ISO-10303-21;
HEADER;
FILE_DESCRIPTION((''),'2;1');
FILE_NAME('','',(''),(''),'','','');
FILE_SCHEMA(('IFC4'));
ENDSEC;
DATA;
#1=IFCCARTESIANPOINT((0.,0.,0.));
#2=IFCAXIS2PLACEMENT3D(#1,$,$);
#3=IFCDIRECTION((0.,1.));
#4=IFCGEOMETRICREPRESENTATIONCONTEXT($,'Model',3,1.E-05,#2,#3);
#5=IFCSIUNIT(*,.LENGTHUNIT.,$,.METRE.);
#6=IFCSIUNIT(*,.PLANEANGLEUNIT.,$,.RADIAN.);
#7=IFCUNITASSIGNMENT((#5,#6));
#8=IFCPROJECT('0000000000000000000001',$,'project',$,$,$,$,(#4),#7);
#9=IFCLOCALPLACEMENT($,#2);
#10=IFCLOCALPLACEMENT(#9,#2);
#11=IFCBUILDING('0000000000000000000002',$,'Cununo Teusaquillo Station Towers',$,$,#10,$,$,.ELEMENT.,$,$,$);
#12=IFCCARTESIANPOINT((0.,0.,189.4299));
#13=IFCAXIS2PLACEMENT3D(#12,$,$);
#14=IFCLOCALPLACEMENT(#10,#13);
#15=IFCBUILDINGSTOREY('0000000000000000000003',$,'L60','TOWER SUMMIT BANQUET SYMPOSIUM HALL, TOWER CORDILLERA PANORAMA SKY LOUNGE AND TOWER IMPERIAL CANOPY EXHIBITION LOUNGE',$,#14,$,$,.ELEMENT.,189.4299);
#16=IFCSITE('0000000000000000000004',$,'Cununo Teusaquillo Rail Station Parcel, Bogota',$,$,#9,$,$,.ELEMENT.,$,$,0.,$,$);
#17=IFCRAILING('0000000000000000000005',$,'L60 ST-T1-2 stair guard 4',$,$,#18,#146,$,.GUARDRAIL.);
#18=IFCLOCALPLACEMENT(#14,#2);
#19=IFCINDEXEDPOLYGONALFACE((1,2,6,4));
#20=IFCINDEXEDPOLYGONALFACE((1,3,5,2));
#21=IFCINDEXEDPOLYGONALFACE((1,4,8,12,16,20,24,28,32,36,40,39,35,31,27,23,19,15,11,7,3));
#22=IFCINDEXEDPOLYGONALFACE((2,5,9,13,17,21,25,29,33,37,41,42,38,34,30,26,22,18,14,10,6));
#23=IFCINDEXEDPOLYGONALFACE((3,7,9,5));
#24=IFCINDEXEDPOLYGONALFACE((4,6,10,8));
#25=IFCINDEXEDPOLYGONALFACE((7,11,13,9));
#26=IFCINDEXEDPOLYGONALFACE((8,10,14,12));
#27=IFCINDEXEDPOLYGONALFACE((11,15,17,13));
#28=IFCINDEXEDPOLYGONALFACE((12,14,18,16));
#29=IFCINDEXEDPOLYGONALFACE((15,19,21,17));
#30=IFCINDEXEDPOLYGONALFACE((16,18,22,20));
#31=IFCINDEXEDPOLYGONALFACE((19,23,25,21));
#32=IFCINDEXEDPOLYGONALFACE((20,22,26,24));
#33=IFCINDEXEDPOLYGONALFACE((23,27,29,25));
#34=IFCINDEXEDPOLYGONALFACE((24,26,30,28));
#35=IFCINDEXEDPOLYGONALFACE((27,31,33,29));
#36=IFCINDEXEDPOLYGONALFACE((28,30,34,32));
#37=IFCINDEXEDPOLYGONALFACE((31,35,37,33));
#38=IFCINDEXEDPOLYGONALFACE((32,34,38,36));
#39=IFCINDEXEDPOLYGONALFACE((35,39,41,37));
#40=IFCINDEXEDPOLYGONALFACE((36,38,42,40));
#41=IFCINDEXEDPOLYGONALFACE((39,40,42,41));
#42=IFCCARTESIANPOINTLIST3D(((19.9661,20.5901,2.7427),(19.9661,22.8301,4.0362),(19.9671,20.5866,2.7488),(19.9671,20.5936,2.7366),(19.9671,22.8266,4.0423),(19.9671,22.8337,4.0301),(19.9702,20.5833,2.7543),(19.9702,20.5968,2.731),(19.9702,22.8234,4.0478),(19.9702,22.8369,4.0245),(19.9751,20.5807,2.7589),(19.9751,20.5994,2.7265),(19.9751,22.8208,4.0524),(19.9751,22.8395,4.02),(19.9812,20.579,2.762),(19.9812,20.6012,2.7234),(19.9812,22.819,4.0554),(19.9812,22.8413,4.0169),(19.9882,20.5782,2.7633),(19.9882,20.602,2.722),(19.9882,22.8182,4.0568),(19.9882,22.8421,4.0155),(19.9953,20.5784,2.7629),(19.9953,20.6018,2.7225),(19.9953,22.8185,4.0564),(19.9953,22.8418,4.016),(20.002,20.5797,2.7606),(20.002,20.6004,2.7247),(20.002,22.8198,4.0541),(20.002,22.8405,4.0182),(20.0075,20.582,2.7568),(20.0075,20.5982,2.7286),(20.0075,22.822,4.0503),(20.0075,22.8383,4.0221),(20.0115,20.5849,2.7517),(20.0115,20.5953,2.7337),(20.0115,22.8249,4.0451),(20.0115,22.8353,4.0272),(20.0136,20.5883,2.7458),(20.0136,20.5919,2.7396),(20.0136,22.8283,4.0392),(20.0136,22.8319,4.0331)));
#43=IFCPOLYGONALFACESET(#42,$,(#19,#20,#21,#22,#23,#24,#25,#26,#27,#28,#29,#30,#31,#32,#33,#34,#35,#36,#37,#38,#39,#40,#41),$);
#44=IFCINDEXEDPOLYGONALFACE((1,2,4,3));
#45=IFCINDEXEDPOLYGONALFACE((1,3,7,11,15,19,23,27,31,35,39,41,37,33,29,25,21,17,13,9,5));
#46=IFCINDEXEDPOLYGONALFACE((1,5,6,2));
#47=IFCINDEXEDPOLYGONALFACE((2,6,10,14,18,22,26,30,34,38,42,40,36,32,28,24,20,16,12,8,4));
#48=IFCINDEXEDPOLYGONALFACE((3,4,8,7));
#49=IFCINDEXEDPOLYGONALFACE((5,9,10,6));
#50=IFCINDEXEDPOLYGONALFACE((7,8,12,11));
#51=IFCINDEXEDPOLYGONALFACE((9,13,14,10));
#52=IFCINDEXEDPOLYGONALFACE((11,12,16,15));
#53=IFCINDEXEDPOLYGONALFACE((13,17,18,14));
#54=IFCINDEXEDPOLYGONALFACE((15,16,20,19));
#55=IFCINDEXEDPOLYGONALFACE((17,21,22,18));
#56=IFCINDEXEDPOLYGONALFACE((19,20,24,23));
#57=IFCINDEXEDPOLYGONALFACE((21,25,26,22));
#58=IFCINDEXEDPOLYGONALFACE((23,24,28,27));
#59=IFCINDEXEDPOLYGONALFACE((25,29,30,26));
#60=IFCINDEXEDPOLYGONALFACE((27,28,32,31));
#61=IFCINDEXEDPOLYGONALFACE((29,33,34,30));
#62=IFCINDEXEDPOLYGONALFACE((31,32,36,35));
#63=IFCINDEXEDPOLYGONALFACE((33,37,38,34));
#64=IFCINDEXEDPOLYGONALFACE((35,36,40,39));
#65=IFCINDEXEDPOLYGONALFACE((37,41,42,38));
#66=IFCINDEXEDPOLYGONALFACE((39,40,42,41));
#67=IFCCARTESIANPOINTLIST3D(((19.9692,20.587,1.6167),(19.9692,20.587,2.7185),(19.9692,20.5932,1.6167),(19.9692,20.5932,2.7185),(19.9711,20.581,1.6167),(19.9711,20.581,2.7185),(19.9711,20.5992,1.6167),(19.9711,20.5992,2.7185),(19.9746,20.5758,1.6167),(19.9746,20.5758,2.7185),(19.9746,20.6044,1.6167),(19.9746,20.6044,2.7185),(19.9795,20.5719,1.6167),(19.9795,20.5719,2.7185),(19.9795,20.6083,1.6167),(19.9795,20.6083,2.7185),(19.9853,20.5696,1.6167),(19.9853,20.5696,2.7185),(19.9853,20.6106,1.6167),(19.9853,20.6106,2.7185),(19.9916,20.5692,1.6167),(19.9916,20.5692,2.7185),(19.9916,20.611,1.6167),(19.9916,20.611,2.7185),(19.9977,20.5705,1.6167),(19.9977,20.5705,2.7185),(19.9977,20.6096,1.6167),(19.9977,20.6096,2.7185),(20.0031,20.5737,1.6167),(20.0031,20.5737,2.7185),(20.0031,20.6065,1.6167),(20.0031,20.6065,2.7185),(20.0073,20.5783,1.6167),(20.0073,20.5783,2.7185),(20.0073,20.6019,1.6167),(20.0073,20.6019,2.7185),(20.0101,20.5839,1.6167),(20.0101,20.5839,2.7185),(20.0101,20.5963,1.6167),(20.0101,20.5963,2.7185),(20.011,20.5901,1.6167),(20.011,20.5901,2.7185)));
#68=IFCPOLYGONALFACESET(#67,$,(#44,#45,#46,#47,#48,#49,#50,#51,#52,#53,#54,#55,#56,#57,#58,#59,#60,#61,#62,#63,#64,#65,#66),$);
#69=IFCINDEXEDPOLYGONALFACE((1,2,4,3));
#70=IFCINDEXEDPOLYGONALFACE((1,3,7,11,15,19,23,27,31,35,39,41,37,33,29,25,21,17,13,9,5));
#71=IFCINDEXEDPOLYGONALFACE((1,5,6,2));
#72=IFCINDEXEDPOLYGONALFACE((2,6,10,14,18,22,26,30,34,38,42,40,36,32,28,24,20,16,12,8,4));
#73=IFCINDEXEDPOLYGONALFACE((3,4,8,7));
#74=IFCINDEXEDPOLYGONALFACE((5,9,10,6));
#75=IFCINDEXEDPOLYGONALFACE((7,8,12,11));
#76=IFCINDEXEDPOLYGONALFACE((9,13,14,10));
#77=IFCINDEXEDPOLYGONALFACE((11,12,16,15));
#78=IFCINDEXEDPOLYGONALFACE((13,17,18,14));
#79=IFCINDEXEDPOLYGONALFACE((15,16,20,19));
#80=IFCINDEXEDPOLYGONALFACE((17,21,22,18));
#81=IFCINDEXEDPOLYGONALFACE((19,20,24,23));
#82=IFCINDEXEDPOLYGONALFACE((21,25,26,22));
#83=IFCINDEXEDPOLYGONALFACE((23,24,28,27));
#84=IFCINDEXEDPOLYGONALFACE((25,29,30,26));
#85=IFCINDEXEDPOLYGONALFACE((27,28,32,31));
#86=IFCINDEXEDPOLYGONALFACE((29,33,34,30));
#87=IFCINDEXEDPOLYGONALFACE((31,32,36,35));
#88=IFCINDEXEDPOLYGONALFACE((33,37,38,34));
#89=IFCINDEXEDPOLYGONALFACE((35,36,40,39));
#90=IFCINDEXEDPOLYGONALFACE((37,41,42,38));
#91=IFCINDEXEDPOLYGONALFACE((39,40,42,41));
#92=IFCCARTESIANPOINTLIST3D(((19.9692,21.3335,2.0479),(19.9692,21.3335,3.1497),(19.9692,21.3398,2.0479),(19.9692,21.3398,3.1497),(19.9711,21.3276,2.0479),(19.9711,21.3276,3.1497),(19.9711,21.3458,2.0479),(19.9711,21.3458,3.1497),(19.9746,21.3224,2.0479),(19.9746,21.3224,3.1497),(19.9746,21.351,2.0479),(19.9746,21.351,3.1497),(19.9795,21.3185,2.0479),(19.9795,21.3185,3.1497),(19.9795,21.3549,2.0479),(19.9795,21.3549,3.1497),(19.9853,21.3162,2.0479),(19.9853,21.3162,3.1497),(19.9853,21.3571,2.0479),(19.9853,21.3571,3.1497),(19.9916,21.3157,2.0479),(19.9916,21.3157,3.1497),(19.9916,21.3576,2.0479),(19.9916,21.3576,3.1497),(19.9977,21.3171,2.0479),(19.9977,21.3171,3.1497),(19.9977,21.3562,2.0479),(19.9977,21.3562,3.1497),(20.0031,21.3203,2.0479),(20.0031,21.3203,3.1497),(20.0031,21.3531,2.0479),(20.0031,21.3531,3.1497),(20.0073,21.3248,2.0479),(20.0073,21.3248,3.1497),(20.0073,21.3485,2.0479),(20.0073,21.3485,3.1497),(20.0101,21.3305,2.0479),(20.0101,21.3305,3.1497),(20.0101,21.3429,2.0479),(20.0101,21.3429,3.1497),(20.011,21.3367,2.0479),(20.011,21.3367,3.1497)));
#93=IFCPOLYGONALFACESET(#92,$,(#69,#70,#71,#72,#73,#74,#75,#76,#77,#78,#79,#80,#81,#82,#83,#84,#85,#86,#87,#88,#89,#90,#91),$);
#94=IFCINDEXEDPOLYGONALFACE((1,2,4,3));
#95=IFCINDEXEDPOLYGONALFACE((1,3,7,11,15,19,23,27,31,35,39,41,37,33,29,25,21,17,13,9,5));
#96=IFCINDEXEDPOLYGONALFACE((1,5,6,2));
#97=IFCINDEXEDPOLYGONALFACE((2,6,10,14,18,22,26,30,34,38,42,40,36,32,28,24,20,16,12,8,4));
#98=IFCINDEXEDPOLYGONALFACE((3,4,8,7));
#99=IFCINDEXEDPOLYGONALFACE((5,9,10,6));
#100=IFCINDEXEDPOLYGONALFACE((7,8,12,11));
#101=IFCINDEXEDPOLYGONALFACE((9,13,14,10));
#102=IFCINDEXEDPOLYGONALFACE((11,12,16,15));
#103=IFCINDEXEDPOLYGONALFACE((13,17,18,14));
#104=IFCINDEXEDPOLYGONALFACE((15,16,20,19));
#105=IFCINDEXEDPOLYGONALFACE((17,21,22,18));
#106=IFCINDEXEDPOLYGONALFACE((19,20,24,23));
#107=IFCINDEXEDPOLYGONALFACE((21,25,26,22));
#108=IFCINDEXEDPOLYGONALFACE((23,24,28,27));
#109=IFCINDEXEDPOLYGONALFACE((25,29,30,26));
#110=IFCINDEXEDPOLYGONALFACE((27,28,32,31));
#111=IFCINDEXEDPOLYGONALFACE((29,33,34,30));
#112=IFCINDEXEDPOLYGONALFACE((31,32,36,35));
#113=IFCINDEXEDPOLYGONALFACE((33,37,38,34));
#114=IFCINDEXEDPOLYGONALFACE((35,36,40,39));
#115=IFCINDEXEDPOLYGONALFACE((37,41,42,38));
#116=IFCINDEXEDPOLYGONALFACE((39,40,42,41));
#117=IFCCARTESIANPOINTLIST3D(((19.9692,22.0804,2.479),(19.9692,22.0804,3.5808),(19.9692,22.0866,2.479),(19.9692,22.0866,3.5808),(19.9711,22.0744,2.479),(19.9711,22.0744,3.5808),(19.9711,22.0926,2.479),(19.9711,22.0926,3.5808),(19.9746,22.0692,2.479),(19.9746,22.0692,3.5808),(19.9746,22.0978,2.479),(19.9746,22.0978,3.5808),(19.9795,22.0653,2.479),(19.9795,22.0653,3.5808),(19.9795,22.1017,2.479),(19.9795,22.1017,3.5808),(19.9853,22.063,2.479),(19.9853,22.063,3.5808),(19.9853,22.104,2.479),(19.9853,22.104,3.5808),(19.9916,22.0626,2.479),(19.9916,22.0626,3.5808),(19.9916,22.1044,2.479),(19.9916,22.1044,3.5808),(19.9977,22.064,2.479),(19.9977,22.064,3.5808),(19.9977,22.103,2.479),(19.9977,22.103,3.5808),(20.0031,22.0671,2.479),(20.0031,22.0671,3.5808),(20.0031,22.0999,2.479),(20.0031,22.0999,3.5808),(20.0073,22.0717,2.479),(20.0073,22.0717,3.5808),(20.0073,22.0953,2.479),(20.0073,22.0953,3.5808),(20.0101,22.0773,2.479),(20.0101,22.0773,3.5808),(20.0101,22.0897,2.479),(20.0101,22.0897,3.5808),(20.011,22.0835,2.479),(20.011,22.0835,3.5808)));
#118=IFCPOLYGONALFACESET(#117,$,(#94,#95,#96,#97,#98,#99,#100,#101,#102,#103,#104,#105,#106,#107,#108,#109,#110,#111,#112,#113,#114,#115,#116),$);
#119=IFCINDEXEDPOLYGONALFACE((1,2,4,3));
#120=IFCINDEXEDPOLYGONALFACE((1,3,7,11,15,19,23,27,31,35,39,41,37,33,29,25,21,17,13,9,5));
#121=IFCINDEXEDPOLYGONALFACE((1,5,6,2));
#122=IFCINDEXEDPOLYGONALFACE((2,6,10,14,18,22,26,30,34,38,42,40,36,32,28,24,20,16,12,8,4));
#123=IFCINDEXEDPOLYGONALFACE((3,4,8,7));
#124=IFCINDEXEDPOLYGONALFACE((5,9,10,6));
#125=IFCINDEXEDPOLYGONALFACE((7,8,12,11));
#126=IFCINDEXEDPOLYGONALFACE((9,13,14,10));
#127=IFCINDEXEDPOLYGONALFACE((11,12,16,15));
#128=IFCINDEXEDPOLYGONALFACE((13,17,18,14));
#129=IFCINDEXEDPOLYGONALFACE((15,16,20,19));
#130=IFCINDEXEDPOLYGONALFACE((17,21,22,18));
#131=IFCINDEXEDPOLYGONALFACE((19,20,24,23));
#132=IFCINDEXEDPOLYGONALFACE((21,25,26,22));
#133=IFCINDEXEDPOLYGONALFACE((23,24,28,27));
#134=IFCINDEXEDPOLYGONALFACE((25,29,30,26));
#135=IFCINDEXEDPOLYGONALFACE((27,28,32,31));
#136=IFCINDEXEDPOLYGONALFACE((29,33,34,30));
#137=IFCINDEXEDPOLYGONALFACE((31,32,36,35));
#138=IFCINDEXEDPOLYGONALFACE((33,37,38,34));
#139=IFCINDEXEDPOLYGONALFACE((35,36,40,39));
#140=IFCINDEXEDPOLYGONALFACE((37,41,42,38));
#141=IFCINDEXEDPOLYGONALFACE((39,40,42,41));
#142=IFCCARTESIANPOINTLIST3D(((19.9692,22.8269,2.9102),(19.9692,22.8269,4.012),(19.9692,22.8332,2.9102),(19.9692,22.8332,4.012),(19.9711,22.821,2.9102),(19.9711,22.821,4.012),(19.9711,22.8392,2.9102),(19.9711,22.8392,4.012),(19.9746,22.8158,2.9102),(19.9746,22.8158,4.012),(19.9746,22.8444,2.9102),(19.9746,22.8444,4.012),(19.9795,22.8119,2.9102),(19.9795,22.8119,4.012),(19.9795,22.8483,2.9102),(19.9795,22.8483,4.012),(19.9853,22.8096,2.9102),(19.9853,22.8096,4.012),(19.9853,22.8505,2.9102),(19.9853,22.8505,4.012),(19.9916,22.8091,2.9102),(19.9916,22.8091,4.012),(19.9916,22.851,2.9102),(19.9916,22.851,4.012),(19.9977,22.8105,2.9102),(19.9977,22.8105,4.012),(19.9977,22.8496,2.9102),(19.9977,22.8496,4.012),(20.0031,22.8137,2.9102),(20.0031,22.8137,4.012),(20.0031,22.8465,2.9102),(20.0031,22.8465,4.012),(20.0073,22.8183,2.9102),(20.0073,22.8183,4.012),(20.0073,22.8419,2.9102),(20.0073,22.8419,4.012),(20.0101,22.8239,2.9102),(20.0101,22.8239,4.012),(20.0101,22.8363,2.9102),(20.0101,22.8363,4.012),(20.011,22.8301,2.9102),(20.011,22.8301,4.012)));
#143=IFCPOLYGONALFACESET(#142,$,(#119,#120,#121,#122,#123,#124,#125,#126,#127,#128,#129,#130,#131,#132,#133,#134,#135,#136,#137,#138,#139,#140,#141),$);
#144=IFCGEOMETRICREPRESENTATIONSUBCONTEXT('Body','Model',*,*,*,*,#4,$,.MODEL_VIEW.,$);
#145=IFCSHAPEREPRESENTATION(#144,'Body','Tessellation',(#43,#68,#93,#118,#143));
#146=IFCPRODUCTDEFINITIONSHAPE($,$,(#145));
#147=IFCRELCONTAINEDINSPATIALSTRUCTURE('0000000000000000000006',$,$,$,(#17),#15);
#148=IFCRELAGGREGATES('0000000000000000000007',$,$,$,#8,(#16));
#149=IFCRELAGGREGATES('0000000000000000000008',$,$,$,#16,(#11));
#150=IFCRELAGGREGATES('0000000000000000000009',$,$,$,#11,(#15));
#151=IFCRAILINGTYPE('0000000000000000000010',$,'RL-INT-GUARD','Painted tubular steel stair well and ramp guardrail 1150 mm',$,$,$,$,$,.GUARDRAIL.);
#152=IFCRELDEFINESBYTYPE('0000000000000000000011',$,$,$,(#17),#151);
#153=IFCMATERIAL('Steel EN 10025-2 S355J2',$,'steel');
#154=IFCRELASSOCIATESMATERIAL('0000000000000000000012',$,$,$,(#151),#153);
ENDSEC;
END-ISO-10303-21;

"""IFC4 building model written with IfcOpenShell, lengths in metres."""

from ifc_helpers import new_model, si_unit, direction, frame, origin, origin_2d, place, context, subcontext, project, spatial, circle, extrude, material, type_object, element, save


model = new_model("IFC4")

# Units and contexts
model_context = context("Model", 3, precision=1e-05, world=origin(), true_north=direction((0.0, 1.0)))
body_context = subcontext(model_context, "Body", "Model", "MODEL_VIEW")
ifc_project = project(units=[si_unit("LENGTHUNIT", "METRE"), si_unit("PLANEANGLEUNIT", "RADIAN")], contexts=[model_context])

# Site, building, storey
site_placement = place(None, origin())
site = spatial("IfcSite", under=ifc_project, at=site_placement, Name="Cununo Teusaquillo Rail Station Parcel, Bogota", CompositionType="ELEMENT", RefElevation=0.0)
building_placement = place(site_placement, origin())
building = spatial("IfcBuilding", under=site, at=building_placement, Name="Cununo Teusaquillo Station Towers", CompositionType="ELEMENT")
storey_placement = place(building_placement, frame((0.0, 0.0, 189.4299)))
storey = spatial("IfcBuildingStorey", under=building, at=storey_placement, Name="L60", Description="TOWER SUMMIT BANQUET SYMPOSIUM HALL, TOWER CORDILLERA PANORAMA SKY LOUNGE AND TOWER IMPERIAL CANOPY EXHIBITION LOUNGE", CompositionType="ELEMENT", Elevation=189.4299)

# Railing
ifc_material_1 = material(Name="Steel EN 10025-2 S355J2", Category="steel")
railing_type_1 = type_object("IfcRailingType", Name="RL-INT-GUARD", Description="Painted tubular steel stair well and ramp guardrail 1150 mm", PredefinedType="GUARDRAIL", material=ifc_material_1)
railing_1_placement = place(storey_placement, frame((19.99, 20.5901, 1.6167)))
element("IfcRailing", 1, at=railing_1_placement, inside=storey, type_object=railing_type_1, Name="L60 ST-T1-2 stair guard 4", PredefinedType="GUARDRAIL", context=body_context, shape_type="SweptSolid", body=[
    extrude(circle(Radius=0.0239, at=origin_2d()), frame((0.0, 0.0, 1.126), z_axis=(0.0, 0.865992, 0.500057), x_axis=(-1.0, 0.0, 0.0)), (0.0, 0.0, 1.0), 2.5867),
    extrude(circle(Radius=0.021, at=origin_2d()), origin(), (0.0, 0.0, 1.0), 1.1018),
    extrude(circle(Radius=0.021, at=origin_2d()), frame((0.0, 0.7466, 0.4312)), (0.0, 0.0, 1.0), 1.1018),
    extrude(circle(Radius=0.021, at=origin_2d()), frame((0.0, 1.4934, 0.8623)), (0.0, 0.0, 1.0), 1.1018),
    extrude(circle(Radius=0.021, at=origin_2d()), frame((0.0, 2.24, 1.2935)), (0.0, 0.0, 1.0), 1.1018),
])

save(model, "model.ifc")
